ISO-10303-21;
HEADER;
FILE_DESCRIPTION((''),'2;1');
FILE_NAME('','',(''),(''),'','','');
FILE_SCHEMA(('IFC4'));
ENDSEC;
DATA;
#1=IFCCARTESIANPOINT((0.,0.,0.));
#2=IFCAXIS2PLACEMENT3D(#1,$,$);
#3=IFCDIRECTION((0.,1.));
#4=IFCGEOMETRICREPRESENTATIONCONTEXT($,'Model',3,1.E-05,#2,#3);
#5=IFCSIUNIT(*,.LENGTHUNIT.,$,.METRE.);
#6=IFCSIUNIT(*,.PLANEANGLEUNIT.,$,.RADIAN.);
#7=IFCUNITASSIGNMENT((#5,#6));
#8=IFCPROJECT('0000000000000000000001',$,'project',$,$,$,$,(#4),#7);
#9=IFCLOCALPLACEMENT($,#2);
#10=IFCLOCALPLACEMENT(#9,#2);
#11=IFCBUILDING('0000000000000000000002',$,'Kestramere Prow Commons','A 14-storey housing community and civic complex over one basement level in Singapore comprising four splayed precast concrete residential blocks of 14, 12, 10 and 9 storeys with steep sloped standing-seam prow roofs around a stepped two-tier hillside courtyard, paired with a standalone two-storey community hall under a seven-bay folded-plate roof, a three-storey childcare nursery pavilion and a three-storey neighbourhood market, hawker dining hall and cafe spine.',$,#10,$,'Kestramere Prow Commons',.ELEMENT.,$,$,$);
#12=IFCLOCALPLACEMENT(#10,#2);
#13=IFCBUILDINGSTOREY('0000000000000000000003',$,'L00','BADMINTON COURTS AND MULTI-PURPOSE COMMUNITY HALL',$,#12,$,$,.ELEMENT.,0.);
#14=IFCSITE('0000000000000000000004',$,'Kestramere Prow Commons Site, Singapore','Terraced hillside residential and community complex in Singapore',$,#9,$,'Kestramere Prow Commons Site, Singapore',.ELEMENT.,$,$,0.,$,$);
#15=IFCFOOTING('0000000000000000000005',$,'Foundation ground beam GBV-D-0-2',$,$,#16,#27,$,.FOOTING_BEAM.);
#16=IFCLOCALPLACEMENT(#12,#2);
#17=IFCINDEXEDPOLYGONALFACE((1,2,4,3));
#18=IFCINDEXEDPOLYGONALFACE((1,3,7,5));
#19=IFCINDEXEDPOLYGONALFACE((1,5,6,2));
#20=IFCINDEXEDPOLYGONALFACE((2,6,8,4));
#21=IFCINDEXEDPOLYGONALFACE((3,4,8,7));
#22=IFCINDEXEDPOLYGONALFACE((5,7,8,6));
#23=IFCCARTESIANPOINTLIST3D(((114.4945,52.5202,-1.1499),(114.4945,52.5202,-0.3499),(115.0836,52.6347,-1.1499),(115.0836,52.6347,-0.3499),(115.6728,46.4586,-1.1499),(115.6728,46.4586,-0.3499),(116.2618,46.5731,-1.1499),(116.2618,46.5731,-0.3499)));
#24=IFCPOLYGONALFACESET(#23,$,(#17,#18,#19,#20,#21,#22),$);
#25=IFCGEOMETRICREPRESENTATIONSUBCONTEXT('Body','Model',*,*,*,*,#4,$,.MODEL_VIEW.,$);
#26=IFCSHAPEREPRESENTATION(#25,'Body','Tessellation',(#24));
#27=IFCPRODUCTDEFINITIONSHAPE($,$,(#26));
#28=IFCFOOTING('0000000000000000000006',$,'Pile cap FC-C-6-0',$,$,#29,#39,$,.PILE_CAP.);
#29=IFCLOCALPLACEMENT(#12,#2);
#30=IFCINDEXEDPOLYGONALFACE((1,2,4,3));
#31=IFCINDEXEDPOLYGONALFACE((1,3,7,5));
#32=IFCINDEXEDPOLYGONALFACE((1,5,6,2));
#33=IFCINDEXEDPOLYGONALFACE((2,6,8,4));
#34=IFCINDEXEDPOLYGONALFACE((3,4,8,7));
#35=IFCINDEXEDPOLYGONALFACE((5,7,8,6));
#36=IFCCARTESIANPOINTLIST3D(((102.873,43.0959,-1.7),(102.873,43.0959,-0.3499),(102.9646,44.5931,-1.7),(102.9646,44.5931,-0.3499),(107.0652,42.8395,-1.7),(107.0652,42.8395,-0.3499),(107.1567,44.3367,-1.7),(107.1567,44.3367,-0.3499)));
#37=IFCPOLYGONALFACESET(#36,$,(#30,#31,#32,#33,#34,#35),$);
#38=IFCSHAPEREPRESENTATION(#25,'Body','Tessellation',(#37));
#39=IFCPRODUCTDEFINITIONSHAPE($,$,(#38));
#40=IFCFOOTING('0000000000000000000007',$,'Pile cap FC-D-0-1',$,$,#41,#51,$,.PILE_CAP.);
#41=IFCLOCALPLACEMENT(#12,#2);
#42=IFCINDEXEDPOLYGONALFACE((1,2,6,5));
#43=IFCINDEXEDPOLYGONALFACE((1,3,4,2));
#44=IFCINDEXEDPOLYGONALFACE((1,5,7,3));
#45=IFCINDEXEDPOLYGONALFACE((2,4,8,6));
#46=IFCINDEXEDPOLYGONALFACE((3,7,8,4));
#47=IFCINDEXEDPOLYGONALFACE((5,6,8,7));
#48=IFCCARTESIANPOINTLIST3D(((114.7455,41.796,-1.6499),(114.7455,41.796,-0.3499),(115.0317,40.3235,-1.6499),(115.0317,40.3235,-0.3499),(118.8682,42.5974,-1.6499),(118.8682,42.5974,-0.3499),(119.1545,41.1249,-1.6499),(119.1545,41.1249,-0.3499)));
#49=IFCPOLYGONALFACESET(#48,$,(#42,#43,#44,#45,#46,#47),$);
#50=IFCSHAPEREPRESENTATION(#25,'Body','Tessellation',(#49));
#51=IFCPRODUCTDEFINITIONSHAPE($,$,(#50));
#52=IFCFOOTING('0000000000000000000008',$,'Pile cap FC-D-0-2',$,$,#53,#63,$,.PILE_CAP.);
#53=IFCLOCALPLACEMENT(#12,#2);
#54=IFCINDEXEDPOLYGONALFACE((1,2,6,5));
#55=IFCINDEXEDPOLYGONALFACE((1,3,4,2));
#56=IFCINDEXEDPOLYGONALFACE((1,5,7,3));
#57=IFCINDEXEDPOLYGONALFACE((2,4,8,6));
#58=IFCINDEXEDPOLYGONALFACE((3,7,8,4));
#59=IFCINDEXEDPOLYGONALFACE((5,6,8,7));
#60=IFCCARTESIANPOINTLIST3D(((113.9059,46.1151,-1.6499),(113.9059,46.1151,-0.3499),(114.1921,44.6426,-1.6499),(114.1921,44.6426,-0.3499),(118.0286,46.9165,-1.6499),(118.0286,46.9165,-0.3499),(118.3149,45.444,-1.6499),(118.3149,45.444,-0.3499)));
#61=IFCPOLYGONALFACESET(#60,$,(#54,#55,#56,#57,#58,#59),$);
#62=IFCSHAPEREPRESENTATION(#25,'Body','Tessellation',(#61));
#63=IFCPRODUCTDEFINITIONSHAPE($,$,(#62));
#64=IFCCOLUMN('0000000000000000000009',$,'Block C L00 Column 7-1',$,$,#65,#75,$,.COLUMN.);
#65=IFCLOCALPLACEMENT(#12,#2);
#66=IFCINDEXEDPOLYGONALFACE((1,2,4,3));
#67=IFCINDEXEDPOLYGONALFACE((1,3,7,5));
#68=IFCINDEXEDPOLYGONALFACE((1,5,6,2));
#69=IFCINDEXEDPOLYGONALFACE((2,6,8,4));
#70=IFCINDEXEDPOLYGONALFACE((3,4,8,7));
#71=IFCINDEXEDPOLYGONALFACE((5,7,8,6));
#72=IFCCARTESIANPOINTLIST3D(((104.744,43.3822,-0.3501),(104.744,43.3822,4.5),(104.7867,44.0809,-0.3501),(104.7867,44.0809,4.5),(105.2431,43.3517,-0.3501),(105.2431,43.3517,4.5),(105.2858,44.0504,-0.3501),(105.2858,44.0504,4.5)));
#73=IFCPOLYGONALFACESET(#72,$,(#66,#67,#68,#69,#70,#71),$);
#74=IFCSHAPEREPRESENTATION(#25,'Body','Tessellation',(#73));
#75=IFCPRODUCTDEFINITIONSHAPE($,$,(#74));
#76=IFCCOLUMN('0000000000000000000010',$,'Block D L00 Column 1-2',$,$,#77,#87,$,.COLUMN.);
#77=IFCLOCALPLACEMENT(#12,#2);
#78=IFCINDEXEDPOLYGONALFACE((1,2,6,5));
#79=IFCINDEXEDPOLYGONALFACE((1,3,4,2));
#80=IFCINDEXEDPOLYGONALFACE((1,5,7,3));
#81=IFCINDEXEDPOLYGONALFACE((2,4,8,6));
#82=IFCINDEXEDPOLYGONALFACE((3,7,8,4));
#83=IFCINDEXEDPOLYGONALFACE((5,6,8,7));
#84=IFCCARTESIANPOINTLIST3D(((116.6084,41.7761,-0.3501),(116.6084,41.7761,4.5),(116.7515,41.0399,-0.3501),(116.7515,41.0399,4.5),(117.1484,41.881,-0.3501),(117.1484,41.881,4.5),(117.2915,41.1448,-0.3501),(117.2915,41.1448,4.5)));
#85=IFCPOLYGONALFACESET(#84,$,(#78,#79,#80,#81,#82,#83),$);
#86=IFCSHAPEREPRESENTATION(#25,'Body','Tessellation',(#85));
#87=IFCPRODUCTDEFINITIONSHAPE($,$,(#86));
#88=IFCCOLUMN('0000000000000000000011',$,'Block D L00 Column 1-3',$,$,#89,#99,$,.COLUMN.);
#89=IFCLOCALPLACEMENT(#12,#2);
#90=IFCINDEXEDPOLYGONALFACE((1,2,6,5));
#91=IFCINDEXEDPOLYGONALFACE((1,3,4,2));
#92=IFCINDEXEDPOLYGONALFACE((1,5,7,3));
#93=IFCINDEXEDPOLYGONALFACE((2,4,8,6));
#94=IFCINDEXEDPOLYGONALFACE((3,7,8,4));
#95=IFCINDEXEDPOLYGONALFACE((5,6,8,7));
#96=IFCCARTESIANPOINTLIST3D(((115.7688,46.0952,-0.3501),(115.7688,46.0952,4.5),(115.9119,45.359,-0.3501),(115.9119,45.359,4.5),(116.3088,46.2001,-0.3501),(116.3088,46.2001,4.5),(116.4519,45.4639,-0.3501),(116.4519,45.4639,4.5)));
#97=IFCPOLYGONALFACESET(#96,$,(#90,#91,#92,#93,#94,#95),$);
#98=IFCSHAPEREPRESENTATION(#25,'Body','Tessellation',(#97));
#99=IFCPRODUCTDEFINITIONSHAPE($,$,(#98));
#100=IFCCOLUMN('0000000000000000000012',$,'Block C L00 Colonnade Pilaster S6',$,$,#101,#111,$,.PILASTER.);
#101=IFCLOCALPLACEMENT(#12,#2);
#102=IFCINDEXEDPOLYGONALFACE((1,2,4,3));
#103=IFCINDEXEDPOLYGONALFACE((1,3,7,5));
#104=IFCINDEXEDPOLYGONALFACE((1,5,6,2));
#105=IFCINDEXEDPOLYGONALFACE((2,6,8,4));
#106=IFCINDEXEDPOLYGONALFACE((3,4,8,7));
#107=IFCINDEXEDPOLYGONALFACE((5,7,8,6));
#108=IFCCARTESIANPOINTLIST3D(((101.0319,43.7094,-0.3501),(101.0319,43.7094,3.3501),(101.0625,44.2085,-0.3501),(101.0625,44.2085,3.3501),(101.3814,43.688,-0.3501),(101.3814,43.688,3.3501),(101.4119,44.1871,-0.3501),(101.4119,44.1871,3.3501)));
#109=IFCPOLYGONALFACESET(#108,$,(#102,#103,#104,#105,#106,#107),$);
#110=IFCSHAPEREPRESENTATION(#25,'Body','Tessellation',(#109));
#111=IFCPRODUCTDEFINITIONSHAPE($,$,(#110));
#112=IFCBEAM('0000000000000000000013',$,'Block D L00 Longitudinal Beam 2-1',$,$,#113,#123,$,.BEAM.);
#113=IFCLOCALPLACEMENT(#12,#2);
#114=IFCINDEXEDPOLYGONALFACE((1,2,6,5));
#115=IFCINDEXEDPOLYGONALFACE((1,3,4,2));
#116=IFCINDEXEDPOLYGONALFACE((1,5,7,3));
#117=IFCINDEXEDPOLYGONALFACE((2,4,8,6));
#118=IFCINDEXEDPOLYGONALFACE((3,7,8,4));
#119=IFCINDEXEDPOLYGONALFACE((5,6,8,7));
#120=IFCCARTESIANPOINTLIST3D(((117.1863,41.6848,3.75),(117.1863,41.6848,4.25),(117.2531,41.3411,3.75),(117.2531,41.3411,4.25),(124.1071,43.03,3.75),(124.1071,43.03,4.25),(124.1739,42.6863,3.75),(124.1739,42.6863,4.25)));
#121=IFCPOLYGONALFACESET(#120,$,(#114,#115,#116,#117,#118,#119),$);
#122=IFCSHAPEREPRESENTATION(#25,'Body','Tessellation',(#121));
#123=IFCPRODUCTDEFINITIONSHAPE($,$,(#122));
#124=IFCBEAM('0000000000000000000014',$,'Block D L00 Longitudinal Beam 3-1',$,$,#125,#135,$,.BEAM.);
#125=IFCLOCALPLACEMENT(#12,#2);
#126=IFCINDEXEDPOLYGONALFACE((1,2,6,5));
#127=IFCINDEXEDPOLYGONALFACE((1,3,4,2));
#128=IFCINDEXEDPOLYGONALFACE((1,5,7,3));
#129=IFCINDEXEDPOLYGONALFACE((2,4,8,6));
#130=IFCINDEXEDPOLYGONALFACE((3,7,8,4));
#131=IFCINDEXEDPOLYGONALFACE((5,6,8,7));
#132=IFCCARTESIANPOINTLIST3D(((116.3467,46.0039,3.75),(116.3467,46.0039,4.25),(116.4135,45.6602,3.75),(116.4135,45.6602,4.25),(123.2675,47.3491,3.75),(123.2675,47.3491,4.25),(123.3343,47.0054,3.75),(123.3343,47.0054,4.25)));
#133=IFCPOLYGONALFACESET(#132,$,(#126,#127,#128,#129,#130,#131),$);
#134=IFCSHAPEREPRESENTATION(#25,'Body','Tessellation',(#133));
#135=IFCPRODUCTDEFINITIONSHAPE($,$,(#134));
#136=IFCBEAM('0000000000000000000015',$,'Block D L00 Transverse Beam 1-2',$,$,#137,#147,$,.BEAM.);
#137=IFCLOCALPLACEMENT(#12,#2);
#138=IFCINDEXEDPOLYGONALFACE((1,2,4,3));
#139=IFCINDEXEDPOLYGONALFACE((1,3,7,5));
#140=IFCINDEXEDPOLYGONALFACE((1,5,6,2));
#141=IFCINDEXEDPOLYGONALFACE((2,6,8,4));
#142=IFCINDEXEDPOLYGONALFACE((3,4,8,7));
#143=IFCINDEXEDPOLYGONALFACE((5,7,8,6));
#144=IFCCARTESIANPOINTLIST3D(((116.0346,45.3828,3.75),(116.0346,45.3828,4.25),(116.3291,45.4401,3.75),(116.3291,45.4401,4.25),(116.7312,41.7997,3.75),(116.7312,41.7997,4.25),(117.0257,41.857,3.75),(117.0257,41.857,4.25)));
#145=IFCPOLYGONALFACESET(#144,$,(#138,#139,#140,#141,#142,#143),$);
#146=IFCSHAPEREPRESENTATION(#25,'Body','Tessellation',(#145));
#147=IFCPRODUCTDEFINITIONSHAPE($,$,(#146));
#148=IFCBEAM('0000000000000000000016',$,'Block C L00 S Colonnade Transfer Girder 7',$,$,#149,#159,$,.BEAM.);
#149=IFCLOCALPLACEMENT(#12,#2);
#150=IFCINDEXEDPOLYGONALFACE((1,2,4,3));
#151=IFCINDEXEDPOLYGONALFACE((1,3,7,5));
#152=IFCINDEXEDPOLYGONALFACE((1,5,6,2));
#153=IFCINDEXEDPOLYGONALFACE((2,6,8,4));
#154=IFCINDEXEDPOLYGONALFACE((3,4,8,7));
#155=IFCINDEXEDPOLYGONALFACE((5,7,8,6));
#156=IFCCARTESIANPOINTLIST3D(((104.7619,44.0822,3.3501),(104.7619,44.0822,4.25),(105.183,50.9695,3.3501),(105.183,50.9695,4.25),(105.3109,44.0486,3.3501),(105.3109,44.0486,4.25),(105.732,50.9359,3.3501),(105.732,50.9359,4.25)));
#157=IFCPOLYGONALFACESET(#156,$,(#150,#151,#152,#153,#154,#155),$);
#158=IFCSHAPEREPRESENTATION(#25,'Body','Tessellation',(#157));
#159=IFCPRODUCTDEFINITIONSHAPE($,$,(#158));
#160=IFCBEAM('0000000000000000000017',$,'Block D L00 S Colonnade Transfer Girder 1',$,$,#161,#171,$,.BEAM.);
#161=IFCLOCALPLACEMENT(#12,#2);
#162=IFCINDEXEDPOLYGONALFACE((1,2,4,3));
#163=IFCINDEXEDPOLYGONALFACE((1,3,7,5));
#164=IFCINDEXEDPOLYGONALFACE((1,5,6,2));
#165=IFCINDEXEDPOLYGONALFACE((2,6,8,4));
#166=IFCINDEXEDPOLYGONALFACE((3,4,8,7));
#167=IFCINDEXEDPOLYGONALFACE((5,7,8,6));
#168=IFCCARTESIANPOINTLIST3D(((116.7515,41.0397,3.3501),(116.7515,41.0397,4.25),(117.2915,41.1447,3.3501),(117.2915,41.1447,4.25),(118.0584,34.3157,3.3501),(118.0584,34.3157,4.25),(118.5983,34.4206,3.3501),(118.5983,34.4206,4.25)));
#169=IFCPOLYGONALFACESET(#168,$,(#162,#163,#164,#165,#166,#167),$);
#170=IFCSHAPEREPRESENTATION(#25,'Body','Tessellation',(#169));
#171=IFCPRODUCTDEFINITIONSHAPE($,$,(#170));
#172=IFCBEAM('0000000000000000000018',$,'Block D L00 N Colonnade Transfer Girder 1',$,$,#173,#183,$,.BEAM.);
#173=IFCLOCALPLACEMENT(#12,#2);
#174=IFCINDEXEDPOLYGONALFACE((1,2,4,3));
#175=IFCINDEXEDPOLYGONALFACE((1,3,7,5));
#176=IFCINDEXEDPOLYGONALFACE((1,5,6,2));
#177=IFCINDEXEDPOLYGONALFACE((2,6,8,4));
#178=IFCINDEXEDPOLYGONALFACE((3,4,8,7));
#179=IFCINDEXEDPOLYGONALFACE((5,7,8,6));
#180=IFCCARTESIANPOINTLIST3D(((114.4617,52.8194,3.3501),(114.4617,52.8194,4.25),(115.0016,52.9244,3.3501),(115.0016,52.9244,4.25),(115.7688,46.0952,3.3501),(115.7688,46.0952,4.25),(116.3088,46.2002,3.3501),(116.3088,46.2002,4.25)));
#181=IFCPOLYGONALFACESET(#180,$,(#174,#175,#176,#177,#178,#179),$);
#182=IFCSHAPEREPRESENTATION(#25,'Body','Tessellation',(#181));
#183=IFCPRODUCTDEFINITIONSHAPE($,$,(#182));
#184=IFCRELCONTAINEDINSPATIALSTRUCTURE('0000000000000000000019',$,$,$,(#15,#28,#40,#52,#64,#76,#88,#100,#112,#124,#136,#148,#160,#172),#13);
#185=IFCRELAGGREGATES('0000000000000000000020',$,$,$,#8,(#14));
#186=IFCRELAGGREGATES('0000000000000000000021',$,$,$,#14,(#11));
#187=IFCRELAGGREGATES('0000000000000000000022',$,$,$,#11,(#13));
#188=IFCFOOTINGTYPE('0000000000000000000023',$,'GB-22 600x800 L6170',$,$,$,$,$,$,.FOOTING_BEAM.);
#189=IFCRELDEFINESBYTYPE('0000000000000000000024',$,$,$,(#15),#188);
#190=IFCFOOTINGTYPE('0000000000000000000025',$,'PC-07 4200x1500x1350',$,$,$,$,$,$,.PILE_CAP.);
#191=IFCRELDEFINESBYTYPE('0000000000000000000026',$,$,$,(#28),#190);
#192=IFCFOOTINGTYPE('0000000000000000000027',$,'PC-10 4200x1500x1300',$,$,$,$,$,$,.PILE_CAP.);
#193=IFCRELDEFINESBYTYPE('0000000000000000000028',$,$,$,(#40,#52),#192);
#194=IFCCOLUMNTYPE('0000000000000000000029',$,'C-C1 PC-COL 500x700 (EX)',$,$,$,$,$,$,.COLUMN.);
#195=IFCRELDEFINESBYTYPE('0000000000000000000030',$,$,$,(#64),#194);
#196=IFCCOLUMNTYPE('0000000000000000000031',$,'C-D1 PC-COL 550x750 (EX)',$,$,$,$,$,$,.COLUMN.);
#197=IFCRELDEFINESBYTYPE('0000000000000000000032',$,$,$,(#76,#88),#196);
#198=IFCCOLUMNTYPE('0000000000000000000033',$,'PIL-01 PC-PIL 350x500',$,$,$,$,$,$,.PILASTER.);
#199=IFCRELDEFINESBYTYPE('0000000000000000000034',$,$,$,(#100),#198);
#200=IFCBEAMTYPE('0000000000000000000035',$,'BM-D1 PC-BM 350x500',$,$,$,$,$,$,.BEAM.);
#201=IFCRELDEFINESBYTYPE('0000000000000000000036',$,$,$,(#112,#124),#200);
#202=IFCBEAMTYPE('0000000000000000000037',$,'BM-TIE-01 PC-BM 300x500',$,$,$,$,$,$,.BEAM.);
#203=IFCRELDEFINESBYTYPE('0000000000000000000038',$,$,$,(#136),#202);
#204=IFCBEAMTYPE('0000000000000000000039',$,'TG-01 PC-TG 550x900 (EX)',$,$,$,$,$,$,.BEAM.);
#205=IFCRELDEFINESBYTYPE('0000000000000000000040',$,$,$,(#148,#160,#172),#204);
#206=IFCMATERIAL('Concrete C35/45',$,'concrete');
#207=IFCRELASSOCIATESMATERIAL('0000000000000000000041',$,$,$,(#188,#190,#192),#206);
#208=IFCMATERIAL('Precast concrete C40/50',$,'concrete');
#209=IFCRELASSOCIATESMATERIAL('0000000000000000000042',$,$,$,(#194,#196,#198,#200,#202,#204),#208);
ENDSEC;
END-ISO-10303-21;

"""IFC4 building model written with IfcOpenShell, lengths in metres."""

from ifc_helpers import new_model, si_unit, direction, frame, origin, origin_2d, place, context, subcontext, project, spatial, rectangle, extrude, material, material_profile, profile_set, type_object, element, save


model = new_model("IFC4")

# Units and contexts
model_context = context("Model", 3, precision=1e-05, world=origin(), true_north=direction((0.0, 1.0)))
body_context = subcontext(model_context, "Body", "Model", "MODEL_VIEW")
ifc_project = project(units=[si_unit("LENGTHUNIT", "METRE"), si_unit("PLANEANGLEUNIT", "RADIAN")], contexts=[model_context])

# Site, building, storey
site_placement = place(None, origin())
site = spatial("IfcSite", under=ifc_project, at=site_placement, Name="Kestramere Prow Commons Site, Singapore", Description="Terraced hillside residential and community complex in Singapore", LongName="Kestramere Prow Commons Site, Singapore", CompositionType="ELEMENT", RefElevation=0.0)
building_placement = place(site_placement, origin())
building = spatial("IfcBuilding", under=site, at=building_placement, Name="Kestramere Prow Commons", Description="A 14-storey housing community and civic complex over one basement level in Singapore comprising four splayed precast concrete residential blocks of 14, 12, 10 and 9 storeys with steep sloped standing-seam prow roofs around a stepped two-tier hillside courtyard, paired with a standalone two-storey community hall under a seven-bay folded-plate roof, a three-storey childcare nursery pavilion and a three-storey neighbourhood market, hawker dining hall and cafe spine.", LongName="Kestramere Prow Commons", CompositionType="ELEMENT")
storey_placement = place(building_placement, origin())
storey = spatial("IfcBuildingStorey", under=building, at=storey_placement, Name="L00", Description="BADMINTON COURTS AND MULTI-PURPOSE COMMUNITY HALL", CompositionType="ELEMENT", Elevation=0.0)

# Shared definitions
ifc_material_1 = material(Name="Concrete C35/45", Category="concrete")

# Footings
footing_type_1 = type_object("IfcFootingType", Name="GB-22 600x800 L6170", PredefinedType="FOOTING_BEAM", material=ifc_material_1)
for number, where, z_axis, x_axis, name in (
    (1, (115.3782, 49.5466, -1.1499), (0.0, 0.0, 1.0), (-0.190809, 0.981627, 0.0), "Foundation ground beam GBV-D-0-2"),
):
    element("IfcFooting", number, at=place(storey_placement, frame(where, z_axis=z_axis, x_axis=x_axis)), inside=storey, type_object=footing_type_1, Name=name, PredefinedType="FOOTING_BEAM", context=body_context, shape_type="SweptSolid", body=[
        extrude(rectangle(XDim=6.175, YDim=0.6001, at=origin_2d()), origin(), (0.0, 0.0, 1.0), 0.8),
    ])
footing_type_2 = type_object("IfcFootingType", Name="PC-07 4200x1500x1350", PredefinedType="PILE_CAP", material=ifc_material_1)
footing_1_placement = place(storey_placement, frame((105.0149, 43.7163, -1.7), z_axis=(0.0, 0.0, 1.0), x_axis=(0.998135, -0.061049, 0.0)))
element("IfcFooting", 2, at=footing_1_placement, inside=storey, type_object=footing_type_2, Name="Pile cap FC-C-6-0", PredefinedType="PILE_CAP", context=body_context, shape_type="SweptSolid", body=[
    extrude(rectangle(XDim=4.2, YDim=1.5, at=origin_2d()), origin(), (0.0, 0.0, 1.0), 1.3501),
])
footing_type_3 = type_object("IfcFootingType", Name="PC-10 4200x1500x1300", PredefinedType="PILE_CAP", material=ifc_material_1)
for number, where, z_axis, x_axis, name in (
    (3, (116.95, 41.4604, -1.6499), (0.0, 0.0, 1.0), (0.981627, 0.190809, 0.0), "Pile cap FC-D-0-1"),
    (4, (116.1104, 45.7795, -1.6499), (0.0, 0.0, 1.0), (0.981627, 0.190809, 0.0), "Pile cap FC-D-0-2"),
):
    element("IfcFooting", number, at=place(storey_placement, frame(where, z_axis=z_axis, x_axis=x_axis)), inside=storey, type_object=footing_type_3, Name=name, PredefinedType="PILE_CAP", context=body_context, shape_type="SweptSolid", body=[
        extrude(rectangle(XDim=4.2, YDim=1.5, at=origin_2d()), origin(), (0.0, 0.0, 1.0), 1.3),
    ])

# Columns
ifc_material_2 = material(Name="Precast concrete C40/50", Category="concrete")
ifc_material_profile_1 = material_profile(ifc_material_2, rectangle(XDim=0.5, YDim=0.7, at=origin_2d()), Name="PC-COL 500x700")
ifc_profile_set_1 = profile_set([ifc_material_profile_1], Name="Precast concrete C40/50")
column_type_1 = type_object("IfcColumnType", Name="C-C1 PC-COL 500x700 (EX)", PredefinedType="COLUMN", material=ifc_profile_set_1)
column_1_placement = place(storey_placement, frame((105.0149, 43.7163, -0.3501), z_axis=(0.0, 0.0, 1.0), x_axis=(0.998135, -0.061049, 0.0)))
element("IfcColumn", 5, at=column_1_placement, inside=storey, type_object=column_type_1, Name="Block C L00 Column 7-1", PredefinedType="COLUMN", context=body_context, shape_type="SweptSolid", body=[
    extrude(rectangle(XDim=0.5, YDim=0.7, at=origin_2d()), origin(), (0.0, 0.0, 1.0), 4.8501),
])
ifc_material_profile_2 = material_profile(ifc_material_2, rectangle(XDim=0.55, YDim=0.75, at=origin_2d()), Name="PC-COL 550x750")
ifc_profile_set_2 = profile_set([ifc_material_profile_2], Name="Precast concrete C40/50")
column_type_2 = type_object("IfcColumnType", Name="C-D1 PC-COL 550x750 (EX)", PredefinedType="COLUMN", material=ifc_profile_set_2)
for number, where, z_axis, x_axis, name in (
    (6, (116.95, 41.4604, -0.3501), (0.0, 0.0, 1.0), (0.981627, 0.190809, 0.0), "Block D L00 Column 1-2"),
    (7, (116.1104, 45.7795, -0.3501), (0.0, 0.0, 1.0), (0.981627, 0.190809, 0.0), "Block D L00 Column 1-3"),
):
    element("IfcColumn", number, at=place(storey_placement, frame(where, z_axis=z_axis, x_axis=x_axis)), inside=storey, type_object=column_type_2, Name=name, PredefinedType="COLUMN", context=body_context, shape_type="SweptSolid", body=[
        extrude(rectangle(XDim=0.55, YDim=0.75, at=origin_2d()), origin(), (0.0, 0.0, 1.0), 4.8501),
    ])
ifc_material_profile_3 = material_profile(ifc_material_2, rectangle(XDim=0.3501, YDim=0.5, at=origin_2d()), Name="PC-PIL 350x500")
ifc_profile_set_3 = profile_set([ifc_material_profile_3], Name="Precast concrete C40/50")
column_type_3 = type_object("IfcColumnType", Name="PIL-01 PC-PIL 350x500", PredefinedType="PILASTER", material=ifc_profile_set_3)
column_2_placement = place(storey_placement, frame((101.2219, 43.9482, -0.3501), z_axis=(0.0, 0.0, 1.0), x_axis=(0.998135, -0.061049, 0.0)))
element("IfcColumn", 8, at=column_2_placement, inside=storey, type_object=column_type_3, Name="Block C L00 Colonnade Pilaster S6", PredefinedType="PILASTER", context=body_context, shape_type="SweptSolid", body=[
    extrude(rectangle(XDim=0.3501, YDim=0.5, at=origin_2d()), origin(), (0.0, 0.0, 1.0), 3.7002),
])

# Beams
ifc_material_profile_4 = material_profile(ifc_material_2, rectangle(XDim=0.3501, YDim=0.5, at=origin_2d()), Name="PC-BM 350x500")
ifc_profile_set_4 = profile_set([ifc_material_profile_4], Name="Precast concrete C40/50")
beam_type_1 = type_object("IfcBeamType", Name="BM-D1 PC-BM 350x500", PredefinedType="BEAM", material=ifc_profile_set_4)
for number, where, z_axis, x_axis, name in (
    (9, (117.2197, 41.5129, 4.0), (0.981628, 0.190806, 0.0), (-0.190806, 0.981628, 0.0), "Block D L00 Longitudinal Beam 2-1"),
    (10, (116.3801, 45.832, 4.0), (0.981628, 0.190806, 0.0), (-0.190806, 0.981628, 0.0), "Block D L00 Longitudinal Beam 3-1"),
):
    element("IfcBeam", number, at=place(storey_placement, frame(where, z_axis=z_axis, x_axis=x_axis)), inside=storey, type_object=beam_type_1, Name=name, PredefinedType="BEAM", context=body_context, shape_type="SweptSolid", body=[
        extrude(rectangle(XDim=0.3501, YDim=0.5, at=origin_2d()), origin(), (0.0, 0.0, 1.0), 7.0503),
    ])
ifc_material_profile_5 = material_profile(ifc_material_2, rectangle(XDim=0.3, YDim=0.5, at=origin_2d()), Name="PC-BM 300x500")
ifc_profile_set_5 = profile_set([ifc_material_profile_5], Name="Precast concrete C40/50")
beam_type_2 = type_object("IfcBeamType", Name="BM-TIE-01 PC-BM 300x500", PredefinedType="BEAM", material=ifc_profile_set_5)
beam_1_placement = place(storey_placement, frame((116.8784, 41.8284, 4.0), z_axis=(-0.190827, 0.981624, 0.0), x_axis=(-0.981624, -0.190827, 0.0)))
element("IfcBeam", 11, at=beam_1_placement, inside=storey, type_object=beam_type_2, Name="Block D L00 Transverse Beam 1-2", PredefinedType="BEAM", context=body_context, shape_type="SweptSolid", body=[
    extrude(rectangle(XDim=0.3, YDim=0.5, at=origin_2d()), origin(), (0.0, 0.0, 1.0), 3.6501),
])
ifc_material_profile_6 = material_profile(ifc_material_2, rectangle(XDim=0.55, YDim=0.8999, at=origin_2d()), Name="PC-TG 550x900")
ifc_profile_set_6 = profile_set([ifc_material_profile_6], Name="Precast concrete C40/50")
beam_type_3 = type_object("IfcBeamType", Name="TG-01 PC-TG 550x900 (EX)", PredefinedType="BEAM", material=ifc_profile_set_6)
beam_2_placement = place(storey_placement, frame((105.0364, 44.0654, 3.8), z_axis=(0.061035, 0.998136, 0.0), x_axis=(-0.998136, 0.061035, 0.0)))
element("IfcBeam", 12, at=beam_2_placement, inside=storey, type_object=beam_type_3, Name="Block C L00 S Colonnade Transfer Girder 7", PredefinedType="BEAM", context=body_context, shape_type="SweptSolid", body=[
    extrude(rectangle(XDim=0.55, YDim=0.8999, at=origin_2d()), origin(), (0.0, 0.0, 1.0), 6.9001),
])
beam_3_placement = place(storey_placement, frame((118.3284, 34.3682, 3.8), z_axis=(-0.190788, 0.981631, 0.0), x_axis=(-0.981631, -0.190788, 0.0)))
element("IfcBeam", 13, at=beam_3_placement, inside=storey, type_object=beam_type_3, Name="Block D L00 S Colonnade Transfer Girder 1", PredefinedType="BEAM", context=body_context, shape_type="SweptSolid", body=[
    extrude(rectangle(XDim=0.55, YDim=0.8999, at=origin_2d()), origin(), (0.0, 0.0, 1.0), 6.8499),
])
beam_4_placement = place(storey_placement, frame((116.0388, 46.1477, 3.8), z_axis=(-0.190822, 0.981625, 0.0), x_axis=(-0.981625, -0.190822, 0.0)))
element("IfcBeam", 14, at=beam_4_placement, inside=storey, type_object=beam_type_3, Name="Block D L00 N Colonnade Transfer Girder 1", PredefinedType="BEAM", context=body_context, shape_type="SweptSolid", body=[
    extrude(rectangle(XDim=0.55, YDim=0.8999, at=origin_2d()), origin(), (0.0, 0.0, 1.0), 6.8501),
])

save(model, "model.ifc")
